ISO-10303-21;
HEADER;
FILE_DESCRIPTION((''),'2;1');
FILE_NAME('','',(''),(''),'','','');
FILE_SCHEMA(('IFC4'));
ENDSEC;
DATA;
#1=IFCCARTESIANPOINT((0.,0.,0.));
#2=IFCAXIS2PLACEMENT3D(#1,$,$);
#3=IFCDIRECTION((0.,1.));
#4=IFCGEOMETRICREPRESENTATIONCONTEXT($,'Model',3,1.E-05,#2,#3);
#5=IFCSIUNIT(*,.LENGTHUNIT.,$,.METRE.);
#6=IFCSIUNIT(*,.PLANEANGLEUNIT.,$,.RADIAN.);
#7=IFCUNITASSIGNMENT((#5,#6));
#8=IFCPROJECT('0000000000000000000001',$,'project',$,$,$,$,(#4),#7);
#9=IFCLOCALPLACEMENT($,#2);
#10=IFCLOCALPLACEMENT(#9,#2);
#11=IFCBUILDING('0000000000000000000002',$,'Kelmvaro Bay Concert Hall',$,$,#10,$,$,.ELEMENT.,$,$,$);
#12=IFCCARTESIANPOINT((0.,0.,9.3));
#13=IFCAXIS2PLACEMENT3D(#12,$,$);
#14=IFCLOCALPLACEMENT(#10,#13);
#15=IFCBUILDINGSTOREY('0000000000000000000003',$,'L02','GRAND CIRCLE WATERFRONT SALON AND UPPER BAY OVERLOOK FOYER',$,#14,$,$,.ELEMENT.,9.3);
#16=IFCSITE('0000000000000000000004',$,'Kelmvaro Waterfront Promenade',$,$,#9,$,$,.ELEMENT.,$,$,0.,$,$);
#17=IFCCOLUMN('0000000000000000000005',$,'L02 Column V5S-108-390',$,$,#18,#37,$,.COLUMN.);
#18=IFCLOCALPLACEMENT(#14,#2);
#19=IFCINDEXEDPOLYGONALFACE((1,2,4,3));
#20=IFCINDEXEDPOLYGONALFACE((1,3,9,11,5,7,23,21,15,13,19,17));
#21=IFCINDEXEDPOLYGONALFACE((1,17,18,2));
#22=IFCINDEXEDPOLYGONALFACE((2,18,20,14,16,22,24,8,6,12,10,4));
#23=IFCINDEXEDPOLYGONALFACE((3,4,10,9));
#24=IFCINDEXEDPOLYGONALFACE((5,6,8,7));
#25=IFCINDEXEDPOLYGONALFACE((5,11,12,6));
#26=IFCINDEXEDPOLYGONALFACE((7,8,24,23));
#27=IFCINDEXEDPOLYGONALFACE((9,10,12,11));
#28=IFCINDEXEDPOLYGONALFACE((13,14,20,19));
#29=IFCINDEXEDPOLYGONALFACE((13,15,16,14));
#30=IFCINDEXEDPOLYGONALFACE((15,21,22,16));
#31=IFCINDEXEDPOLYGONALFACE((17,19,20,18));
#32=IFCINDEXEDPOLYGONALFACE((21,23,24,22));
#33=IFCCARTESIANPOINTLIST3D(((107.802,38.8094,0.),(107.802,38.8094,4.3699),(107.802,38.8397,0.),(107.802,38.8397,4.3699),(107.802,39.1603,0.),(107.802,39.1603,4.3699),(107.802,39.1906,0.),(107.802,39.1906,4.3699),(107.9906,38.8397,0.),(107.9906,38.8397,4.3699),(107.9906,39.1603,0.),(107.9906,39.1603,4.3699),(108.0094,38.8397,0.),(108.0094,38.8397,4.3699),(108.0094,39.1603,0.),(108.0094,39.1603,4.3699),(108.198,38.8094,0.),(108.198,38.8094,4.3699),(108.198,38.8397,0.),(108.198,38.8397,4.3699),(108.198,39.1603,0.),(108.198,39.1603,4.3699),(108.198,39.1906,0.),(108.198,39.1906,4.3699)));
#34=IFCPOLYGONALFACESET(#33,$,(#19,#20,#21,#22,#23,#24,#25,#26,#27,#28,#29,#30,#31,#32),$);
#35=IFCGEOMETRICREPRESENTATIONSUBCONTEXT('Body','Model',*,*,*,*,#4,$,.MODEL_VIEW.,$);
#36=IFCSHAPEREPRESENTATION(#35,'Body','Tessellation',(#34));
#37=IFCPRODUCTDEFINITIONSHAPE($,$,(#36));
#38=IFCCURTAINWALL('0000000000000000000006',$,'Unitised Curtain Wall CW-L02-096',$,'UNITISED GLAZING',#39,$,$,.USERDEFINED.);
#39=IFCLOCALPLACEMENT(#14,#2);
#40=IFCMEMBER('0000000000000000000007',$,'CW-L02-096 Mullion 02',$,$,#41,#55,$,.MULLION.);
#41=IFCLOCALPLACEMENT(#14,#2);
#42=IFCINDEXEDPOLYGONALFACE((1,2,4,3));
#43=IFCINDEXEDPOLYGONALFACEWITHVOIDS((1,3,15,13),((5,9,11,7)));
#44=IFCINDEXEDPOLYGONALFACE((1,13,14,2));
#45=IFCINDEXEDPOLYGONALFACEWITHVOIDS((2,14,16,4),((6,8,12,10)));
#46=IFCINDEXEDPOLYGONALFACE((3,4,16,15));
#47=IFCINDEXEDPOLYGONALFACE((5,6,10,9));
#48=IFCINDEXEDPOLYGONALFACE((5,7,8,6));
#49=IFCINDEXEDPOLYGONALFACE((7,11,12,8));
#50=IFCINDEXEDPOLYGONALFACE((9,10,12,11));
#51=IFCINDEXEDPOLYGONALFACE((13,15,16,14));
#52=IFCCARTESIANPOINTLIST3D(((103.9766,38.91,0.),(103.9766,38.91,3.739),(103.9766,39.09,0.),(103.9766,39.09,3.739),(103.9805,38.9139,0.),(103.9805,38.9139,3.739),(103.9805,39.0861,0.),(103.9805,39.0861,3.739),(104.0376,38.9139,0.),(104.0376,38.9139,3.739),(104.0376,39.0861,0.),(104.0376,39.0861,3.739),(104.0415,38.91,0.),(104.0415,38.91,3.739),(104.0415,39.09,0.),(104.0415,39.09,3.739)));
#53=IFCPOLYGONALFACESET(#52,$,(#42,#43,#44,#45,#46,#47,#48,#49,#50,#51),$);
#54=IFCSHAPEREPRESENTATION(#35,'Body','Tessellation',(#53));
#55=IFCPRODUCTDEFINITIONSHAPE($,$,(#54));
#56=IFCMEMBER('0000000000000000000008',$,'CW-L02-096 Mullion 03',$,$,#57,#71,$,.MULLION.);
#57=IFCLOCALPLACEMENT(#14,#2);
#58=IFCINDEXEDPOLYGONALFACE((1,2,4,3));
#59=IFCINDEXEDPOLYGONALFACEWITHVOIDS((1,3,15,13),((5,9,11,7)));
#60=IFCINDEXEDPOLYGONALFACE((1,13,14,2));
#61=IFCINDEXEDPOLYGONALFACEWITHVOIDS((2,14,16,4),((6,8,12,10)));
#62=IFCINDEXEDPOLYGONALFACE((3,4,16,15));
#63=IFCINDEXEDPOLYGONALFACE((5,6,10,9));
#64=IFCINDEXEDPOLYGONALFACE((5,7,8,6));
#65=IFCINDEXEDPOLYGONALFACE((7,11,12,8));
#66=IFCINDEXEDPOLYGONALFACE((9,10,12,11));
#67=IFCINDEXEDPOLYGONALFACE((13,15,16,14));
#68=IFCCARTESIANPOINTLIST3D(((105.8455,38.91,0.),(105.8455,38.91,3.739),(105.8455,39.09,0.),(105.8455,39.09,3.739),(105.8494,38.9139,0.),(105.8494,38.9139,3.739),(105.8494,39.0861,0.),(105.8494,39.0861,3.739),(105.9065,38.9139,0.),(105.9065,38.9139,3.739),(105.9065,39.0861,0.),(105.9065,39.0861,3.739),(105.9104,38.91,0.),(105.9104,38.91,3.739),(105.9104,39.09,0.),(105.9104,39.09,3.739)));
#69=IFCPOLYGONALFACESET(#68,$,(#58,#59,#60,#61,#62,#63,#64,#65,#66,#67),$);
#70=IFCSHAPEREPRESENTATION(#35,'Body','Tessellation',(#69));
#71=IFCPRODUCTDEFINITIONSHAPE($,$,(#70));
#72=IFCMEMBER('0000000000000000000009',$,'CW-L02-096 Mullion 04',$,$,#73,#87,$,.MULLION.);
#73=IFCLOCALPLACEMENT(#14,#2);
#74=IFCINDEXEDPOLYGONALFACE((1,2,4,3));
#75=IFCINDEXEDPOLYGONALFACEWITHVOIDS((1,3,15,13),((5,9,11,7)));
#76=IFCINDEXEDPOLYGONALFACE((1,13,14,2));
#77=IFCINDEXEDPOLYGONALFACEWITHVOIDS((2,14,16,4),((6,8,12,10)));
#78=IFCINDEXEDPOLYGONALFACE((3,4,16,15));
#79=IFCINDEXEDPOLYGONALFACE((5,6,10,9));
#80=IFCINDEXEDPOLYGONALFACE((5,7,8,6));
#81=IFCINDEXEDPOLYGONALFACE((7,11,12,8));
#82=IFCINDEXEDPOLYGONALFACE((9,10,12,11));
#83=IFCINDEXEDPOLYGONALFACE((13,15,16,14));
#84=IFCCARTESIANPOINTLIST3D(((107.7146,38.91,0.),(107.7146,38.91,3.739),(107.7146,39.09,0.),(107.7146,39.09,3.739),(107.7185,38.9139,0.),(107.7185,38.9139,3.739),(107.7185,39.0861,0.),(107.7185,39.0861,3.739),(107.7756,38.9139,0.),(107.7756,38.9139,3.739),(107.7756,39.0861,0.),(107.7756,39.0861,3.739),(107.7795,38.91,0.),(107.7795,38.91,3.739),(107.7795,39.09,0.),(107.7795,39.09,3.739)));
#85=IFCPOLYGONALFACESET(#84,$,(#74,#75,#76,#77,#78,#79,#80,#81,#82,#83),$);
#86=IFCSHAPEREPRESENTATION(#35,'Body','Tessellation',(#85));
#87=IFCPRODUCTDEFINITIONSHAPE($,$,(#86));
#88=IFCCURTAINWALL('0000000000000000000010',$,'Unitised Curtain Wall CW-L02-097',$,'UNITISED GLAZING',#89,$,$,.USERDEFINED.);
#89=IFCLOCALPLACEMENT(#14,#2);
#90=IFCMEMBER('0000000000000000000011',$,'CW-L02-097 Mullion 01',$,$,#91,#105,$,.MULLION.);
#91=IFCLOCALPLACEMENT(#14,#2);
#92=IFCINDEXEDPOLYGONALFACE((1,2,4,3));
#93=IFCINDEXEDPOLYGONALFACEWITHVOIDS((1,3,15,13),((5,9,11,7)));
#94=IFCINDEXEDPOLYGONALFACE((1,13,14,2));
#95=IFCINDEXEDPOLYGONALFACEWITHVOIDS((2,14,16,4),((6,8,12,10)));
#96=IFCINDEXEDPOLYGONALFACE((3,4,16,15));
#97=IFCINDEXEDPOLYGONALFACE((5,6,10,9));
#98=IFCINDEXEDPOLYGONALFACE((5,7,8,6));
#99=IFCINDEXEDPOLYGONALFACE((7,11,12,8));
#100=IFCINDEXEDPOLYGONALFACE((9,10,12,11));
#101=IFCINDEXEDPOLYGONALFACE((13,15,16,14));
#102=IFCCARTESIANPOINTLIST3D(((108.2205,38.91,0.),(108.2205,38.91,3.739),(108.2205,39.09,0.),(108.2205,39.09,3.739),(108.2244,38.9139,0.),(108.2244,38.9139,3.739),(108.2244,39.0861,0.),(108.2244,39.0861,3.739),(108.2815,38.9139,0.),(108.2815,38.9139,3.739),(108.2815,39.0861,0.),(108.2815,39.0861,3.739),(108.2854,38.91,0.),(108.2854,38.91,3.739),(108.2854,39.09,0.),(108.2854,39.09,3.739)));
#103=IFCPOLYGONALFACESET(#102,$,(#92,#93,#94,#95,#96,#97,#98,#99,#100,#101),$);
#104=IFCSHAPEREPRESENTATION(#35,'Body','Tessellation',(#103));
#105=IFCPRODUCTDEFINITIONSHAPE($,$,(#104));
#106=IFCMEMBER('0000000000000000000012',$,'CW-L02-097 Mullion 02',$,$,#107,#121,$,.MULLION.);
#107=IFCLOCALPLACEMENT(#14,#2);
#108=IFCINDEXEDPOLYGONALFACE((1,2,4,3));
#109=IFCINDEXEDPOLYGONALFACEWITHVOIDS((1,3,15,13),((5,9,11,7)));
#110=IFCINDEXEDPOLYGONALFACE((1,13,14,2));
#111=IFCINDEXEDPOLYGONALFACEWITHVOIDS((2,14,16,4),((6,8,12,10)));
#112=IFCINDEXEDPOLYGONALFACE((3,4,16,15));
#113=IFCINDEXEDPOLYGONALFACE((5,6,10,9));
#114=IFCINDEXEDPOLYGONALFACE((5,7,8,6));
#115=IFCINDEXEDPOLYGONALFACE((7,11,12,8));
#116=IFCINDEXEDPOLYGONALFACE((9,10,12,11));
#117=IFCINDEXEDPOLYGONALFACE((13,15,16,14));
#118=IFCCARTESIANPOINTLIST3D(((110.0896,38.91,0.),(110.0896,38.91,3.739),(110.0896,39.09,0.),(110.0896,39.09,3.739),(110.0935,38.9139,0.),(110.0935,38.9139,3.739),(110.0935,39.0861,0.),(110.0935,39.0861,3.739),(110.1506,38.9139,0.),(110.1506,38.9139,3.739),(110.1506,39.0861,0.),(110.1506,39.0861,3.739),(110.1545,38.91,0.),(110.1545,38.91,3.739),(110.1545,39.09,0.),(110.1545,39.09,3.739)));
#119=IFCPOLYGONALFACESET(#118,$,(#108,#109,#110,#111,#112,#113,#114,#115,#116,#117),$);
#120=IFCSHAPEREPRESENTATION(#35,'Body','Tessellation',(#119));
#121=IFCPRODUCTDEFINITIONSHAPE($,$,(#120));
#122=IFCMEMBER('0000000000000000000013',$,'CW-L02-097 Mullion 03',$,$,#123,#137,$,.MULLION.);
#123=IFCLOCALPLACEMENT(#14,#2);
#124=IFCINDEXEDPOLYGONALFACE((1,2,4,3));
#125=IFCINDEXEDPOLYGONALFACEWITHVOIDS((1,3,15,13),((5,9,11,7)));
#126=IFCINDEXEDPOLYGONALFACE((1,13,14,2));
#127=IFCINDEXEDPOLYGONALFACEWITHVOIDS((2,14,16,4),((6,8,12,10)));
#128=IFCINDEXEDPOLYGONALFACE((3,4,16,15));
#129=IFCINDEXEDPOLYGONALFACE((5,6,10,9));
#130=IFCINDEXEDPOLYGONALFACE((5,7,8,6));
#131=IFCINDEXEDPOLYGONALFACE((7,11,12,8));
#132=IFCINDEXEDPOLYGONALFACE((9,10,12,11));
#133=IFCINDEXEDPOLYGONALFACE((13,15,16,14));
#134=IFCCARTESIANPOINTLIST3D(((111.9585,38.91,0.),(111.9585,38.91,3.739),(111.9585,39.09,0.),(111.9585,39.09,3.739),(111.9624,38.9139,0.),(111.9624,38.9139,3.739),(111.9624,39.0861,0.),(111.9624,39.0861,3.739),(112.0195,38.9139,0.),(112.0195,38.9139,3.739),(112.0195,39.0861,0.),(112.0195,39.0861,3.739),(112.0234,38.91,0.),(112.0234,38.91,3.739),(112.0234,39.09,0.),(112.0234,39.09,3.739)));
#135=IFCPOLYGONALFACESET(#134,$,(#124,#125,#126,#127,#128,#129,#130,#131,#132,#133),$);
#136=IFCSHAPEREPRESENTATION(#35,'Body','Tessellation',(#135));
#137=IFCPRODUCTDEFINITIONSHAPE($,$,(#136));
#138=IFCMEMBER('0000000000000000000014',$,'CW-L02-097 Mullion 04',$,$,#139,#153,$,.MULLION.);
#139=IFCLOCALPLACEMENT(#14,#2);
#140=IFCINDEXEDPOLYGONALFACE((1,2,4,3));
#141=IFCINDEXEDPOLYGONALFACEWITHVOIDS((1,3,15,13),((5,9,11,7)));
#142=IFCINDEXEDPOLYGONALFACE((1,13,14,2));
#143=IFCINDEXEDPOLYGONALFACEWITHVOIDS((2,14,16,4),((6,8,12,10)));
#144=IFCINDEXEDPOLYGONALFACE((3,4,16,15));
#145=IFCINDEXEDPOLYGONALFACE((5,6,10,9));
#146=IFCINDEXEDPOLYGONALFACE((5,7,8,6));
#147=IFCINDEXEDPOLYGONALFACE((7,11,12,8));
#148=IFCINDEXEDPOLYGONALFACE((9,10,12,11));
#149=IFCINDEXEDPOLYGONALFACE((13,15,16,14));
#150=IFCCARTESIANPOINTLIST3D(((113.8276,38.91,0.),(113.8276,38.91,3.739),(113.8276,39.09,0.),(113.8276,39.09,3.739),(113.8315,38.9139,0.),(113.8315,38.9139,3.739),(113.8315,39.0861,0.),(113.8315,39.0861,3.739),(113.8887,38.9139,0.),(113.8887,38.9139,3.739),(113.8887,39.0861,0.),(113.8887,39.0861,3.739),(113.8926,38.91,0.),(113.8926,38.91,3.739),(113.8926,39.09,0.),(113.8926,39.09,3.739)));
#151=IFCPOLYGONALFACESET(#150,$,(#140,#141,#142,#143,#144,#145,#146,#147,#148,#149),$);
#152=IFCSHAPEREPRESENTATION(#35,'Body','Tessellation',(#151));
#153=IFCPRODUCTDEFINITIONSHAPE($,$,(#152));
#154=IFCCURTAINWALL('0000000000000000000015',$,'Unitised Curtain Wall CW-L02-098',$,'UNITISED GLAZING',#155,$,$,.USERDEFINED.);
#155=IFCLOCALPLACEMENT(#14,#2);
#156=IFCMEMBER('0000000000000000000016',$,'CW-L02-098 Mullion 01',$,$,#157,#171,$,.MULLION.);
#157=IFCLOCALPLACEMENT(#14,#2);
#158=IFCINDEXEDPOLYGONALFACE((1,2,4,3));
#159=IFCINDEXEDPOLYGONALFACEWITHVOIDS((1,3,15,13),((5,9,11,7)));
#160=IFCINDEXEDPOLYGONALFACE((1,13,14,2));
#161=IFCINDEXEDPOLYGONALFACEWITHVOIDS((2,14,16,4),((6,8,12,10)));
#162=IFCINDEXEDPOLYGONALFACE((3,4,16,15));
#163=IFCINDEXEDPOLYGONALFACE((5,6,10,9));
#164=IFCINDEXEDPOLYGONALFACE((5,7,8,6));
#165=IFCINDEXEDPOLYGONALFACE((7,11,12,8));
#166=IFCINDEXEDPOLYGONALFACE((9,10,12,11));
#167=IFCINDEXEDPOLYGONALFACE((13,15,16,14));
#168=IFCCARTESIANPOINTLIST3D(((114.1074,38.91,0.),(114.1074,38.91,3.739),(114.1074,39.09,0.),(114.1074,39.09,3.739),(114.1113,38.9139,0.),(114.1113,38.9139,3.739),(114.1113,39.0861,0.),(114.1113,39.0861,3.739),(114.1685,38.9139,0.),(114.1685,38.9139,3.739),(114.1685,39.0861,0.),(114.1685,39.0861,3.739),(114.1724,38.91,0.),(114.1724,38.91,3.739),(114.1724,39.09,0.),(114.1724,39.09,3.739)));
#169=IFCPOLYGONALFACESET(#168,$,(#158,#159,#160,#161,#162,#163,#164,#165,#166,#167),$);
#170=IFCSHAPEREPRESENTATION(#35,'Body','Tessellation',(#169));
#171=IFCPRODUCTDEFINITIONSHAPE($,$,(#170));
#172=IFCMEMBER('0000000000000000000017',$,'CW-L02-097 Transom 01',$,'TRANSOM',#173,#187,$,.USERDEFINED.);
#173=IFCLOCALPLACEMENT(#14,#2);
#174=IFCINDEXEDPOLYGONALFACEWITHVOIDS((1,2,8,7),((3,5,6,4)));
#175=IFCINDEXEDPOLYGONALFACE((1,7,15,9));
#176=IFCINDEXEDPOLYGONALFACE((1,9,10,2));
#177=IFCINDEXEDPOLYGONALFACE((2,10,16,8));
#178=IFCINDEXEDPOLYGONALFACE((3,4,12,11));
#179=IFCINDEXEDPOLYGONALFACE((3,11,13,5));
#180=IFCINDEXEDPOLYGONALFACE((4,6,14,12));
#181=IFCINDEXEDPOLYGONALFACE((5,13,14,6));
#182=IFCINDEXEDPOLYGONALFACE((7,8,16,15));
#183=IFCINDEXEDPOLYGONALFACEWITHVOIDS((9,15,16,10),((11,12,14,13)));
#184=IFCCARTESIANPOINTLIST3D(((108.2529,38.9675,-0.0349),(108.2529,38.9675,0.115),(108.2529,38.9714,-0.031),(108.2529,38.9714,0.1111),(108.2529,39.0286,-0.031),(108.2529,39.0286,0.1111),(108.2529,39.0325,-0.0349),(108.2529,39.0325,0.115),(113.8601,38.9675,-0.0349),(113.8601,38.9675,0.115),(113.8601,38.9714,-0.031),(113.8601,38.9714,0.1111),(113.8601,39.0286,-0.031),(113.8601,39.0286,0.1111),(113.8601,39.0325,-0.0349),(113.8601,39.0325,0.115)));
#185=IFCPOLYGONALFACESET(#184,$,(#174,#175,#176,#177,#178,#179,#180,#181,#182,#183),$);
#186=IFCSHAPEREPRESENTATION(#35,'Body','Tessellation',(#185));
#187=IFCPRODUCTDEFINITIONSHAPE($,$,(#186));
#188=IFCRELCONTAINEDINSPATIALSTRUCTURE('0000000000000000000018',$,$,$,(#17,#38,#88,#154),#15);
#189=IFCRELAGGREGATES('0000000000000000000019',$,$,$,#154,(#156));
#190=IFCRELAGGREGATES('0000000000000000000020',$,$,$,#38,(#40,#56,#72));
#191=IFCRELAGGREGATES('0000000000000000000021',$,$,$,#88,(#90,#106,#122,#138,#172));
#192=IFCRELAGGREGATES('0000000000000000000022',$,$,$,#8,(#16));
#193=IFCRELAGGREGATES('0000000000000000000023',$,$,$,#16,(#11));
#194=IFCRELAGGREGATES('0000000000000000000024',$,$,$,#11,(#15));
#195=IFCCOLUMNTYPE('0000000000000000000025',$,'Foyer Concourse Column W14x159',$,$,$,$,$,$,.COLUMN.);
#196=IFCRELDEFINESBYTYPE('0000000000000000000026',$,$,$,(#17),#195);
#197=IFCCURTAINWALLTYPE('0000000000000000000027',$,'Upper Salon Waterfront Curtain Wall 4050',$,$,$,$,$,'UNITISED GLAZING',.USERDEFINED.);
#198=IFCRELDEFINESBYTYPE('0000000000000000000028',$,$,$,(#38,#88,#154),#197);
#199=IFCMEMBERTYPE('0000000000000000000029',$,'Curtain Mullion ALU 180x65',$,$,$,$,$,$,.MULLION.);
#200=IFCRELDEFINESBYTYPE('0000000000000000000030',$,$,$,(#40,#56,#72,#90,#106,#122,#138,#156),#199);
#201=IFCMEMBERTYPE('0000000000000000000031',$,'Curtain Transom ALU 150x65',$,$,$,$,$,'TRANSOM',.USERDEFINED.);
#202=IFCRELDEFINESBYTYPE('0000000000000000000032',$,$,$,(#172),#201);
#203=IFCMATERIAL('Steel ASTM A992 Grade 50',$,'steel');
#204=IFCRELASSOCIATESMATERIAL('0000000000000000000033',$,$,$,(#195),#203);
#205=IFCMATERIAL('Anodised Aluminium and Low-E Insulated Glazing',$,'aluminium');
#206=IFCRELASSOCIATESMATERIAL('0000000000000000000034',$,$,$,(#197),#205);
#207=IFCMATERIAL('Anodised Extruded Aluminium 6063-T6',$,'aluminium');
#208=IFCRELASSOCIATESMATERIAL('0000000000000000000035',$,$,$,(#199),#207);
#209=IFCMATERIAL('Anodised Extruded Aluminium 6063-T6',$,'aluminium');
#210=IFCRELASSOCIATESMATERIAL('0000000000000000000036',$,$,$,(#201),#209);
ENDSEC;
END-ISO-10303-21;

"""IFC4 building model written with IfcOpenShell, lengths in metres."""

from ifc_helpers import new_model, si_unit, direction, frame, origin, origin_2d, place, context, subcontext, project, spatial, hollow_rectangle, i_section, extrude, material, material_profile, profile_set, type_object, element, aggregate, save


model = new_model("IFC4")

# Units and contexts
model_context = context("Model", 3, precision=1e-05, world=origin(), true_north=direction((0.0, 1.0)))
body_context = subcontext(model_context, "Body", "Model", "MODEL_VIEW")
ifc_project = project(units=[si_unit("LENGTHUNIT", "METRE"), si_unit("PLANEANGLEUNIT", "RADIAN")], contexts=[model_context])

# Site, building, storey
site_placement = place(None, origin())
site = spatial("IfcSite", under=ifc_project, at=site_placement, Name="Kelmvaro Waterfront Promenade", CompositionType="ELEMENT", RefElevation=0.0)
building_placement = place(site_placement, origin())
building = spatial("IfcBuilding", under=site, at=building_placement, Name="Kelmvaro Bay Concert Hall", CompositionType="ELEMENT")
storey_placement = place(building_placement, frame((0.0, 0.0, 9.3)))
storey = spatial("IfcBuildingStorey", under=building, at=storey_placement, Name="L02", Description="GRAND CIRCLE WATERFRONT SALON AND UPPER BAY OVERLOOK FOYER", CompositionType="ELEMENT", Elevation=9.3)

# Column
ifc_material_1 = material(Name="Steel ASTM A992 Grade 50", Category="steel")
ifc_material_profile_1 = material_profile(ifc_material_1, i_section(OverallWidth=0.396, OverallDepth=0.3811, WebThickness=0.0188, FlangeThickness=0.0303, at=origin_2d()), Name="W14X159")
ifc_profile_set_1 = profile_set([ifc_material_profile_1], Name="Steel ASTM A992 Grade 50")
column_type = type_object("IfcColumnType", Name="Foyer Concourse Column W14x159", PredefinedType="COLUMN", material=ifc_profile_set_1)
column_placement = place(storey_placement, frame((108.0, 39.0, 0.0), z_axis=(0.0, 0.0, 1.0), x_axis=(1.0, 0.0, 0.0)))
element("IfcColumn", 1, at=column_placement, inside=storey, type_object=column_type, Name="L02 Column V5S-108-390", PredefinedType="COLUMN", context=body_context, shape_type="SweptSolid", body=[
    extrude(i_section(OverallWidth=0.396, OverallDepth=0.3811, WebThickness=0.0188, FlangeThickness=0.0303, at=origin_2d()), origin(), (0.0, 0.0, 1.0), 4.3699),
])

# Curtain walls, members
ifc_material_2 = material(Name="Anodised Aluminium and Low-E Insulated Glazing", Category="aluminium")
curtain_wall_type = type_object("IfcCurtainWallType", Name="Upper Salon Waterfront Curtain Wall 4050", ElementType="UNITISED GLAZING", PredefinedType="USERDEFINED", material=ifc_material_2)
curtain_wall_1_placement = place(storey_placement, origin())
curtain_wall_1 = element("IfcCurtainWall", 2, at=curtain_wall_1_placement, inside=storey, type_object=curtain_wall_type, Name="Unitised Curtain Wall CW-L02-096", ObjectType="UNITISED GLAZING", PredefinedType="USERDEFINED")
ifc_material_3 = material(Name="Anodised Extruded Aluminium 6063-T6", Category="aluminium")
ifc_material_profile_2 = material_profile(ifc_material_3, hollow_rectangle(XDim=0.0649, YDim=0.1799, WallThickness=0.0039, at=origin_2d()), Name="ALU-MUL-180X65")
ifc_profile_set_2 = profile_set([ifc_material_profile_2], Name="Anodised Extruded Aluminium 6063-T6")
member_type_1 = type_object("IfcMemberType", Name="Curtain Mullion ALU 180x65", PredefinedType="MULLION", material=ifc_profile_set_2)
member_1_placement = place(storey_placement, frame((104.009, 39.0, 0.0), z_axis=(0.0, 0.0, 1.0), x_axis=(1.0, 0.0, 0.0)))
member_1 = element("IfcMember", 3, at=member_1_placement, type_object=member_type_1, Name="CW-L02-096 Mullion 02", PredefinedType="MULLION", context=body_context, shape_type="SweptSolid", body=[
    extrude(hollow_rectangle(XDim=0.0649, YDim=0.1799, WallThickness=0.0039, at=origin_2d()), origin(), (0.0, 0.0, 1.0), 3.739),
])
member_2_placement = place(storey_placement, frame((105.8779, 39.0, 0.0), z_axis=(0.0, 0.0, 1.0), x_axis=(1.0, 0.0, 0.0)))
member_2 = element("IfcMember", 4, at=member_2_placement, type_object=member_type_1, Name="CW-L02-096 Mullion 03", PredefinedType="MULLION", context=body_context, shape_type="SweptSolid", body=[
    extrude(hollow_rectangle(XDim=0.0649, YDim=0.1799, WallThickness=0.0039, at=origin_2d()), origin(), (0.0, 0.0, 1.0), 3.739),
])
member_3_placement = place(storey_placement, frame((107.7471, 39.0, 0.0), z_axis=(0.0, 0.0, 1.0), x_axis=(1.0, 0.0, 0.0)))
member_3 = element("IfcMember", 5, at=member_3_placement, type_object=member_type_1, Name="CW-L02-096 Mullion 04", PredefinedType="MULLION", context=body_context, shape_type="SweptSolid", body=[
    extrude(hollow_rectangle(XDim=0.0649, YDim=0.1799, WallThickness=0.0039, at=origin_2d()), origin(), (0.0, 0.0, 1.0), 3.739),
])
curtain_wall_2_placement = place(storey_placement, origin())
curtain_wall_2 = element("IfcCurtainWall", 6, at=curtain_wall_2_placement, inside=storey, type_object=curtain_wall_type, Name="Unitised Curtain Wall CW-L02-097", ObjectType="UNITISED GLAZING", PredefinedType="USERDEFINED")
member_4_placement = place(storey_placement, frame((108.2529, 39.0, 0.0), z_axis=(0.0, 0.0, 1.0), x_axis=(1.0, 0.0, 0.0)))
member_4 = element("IfcMember", 7, at=member_4_placement, type_object=member_type_1, Name="CW-L02-097 Mullion 01", PredefinedType="MULLION", context=body_context, shape_type="SweptSolid", body=[
    extrude(hollow_rectangle(XDim=0.0649, YDim=0.1799, WallThickness=0.0039, at=origin_2d()), origin(), (0.0, 0.0, 1.0), 3.739),
])
member_5_placement = place(storey_placement, frame((110.1221, 39.0, 0.0), z_axis=(0.0, 0.0, 1.0), x_axis=(1.0, 0.0, 0.0)))
member_5 = element("IfcMember", 8, at=member_5_placement, type_object=member_type_1, Name="CW-L02-097 Mullion 02", PredefinedType="MULLION", context=body_context, shape_type="SweptSolid", body=[
    extrude(hollow_rectangle(XDim=0.0649, YDim=0.1799, WallThickness=0.0039, at=origin_2d()), origin(), (0.0, 0.0, 1.0), 3.739),
])
member_6_placement = place(storey_placement, frame((111.991, 39.0, 0.0), z_axis=(0.0, 0.0, 1.0), x_axis=(1.0, 0.0, 0.0)))
member_6 = element("IfcMember", 9, at=member_6_placement, type_object=member_type_1, Name="CW-L02-097 Mullion 03", PredefinedType="MULLION", context=body_context, shape_type="SweptSolid", body=[
    extrude(hollow_rectangle(XDim=0.0649, YDim=0.1799, WallThickness=0.0039, at=origin_2d()), origin(), (0.0, 0.0, 1.0), 3.739),
])
member_7_placement = place(storey_placement, frame((113.8601, 39.0, 0.0), z_axis=(0.0, 0.0, 1.0), x_axis=(1.0, 0.0, 0.0)))
member_7 = element("IfcMember", 10, at=member_7_placement, type_object=member_type_1, Name="CW-L02-097 Mullion 04", PredefinedType="MULLION", context=body_context, shape_type="SweptSolid", body=[
    extrude(hollow_rectangle(XDim=0.0649, YDim=0.1799, WallThickness=0.0039, at=origin_2d()), origin(), (0.0, 0.0, 1.0), 3.739),
])

# Curtain wall, member
curtain_wall_3_placement = place(storey_placement, origin())
curtain_wall_3 = element("IfcCurtainWall", 11, at=curtain_wall_3_placement, inside=storey, type_object=curtain_wall_type, Name="Unitised Curtain Wall CW-L02-098", ObjectType="UNITISED GLAZING", PredefinedType="USERDEFINED")
member_8_placement = place(storey_placement, frame((114.1399, 39.0, 0.0), z_axis=(0.0, 0.0, 1.0), x_axis=(1.0, 0.0, 0.0)))
member_8 = element("IfcMember", 12, at=member_8_placement, type_object=member_type_1, Name="CW-L02-098 Mullion 01", PredefinedType="MULLION", context=body_context, shape_type="SweptSolid", body=[
    extrude(hollow_rectangle(XDim=0.0649, YDim=0.1799, WallThickness=0.0039, at=origin_2d()), origin(), (0.0, 0.0, 1.0), 3.739),
])
aggregate(curtain_wall_3, [member_8])

# Member
ifc_material_4 = material(Name="Anodised Extruded Aluminium 6063-T6", Category="aluminium")
ifc_material_profile_3 = material_profile(ifc_material_4, hollow_rectangle(XDim=0.0649, YDim=0.1499, WallThickness=0.0039, at=origin_2d()), Name="ALU-TRN-150X65")
ifc_profile_set_3 = profile_set([ifc_material_profile_3], Name="Anodised Extruded Aluminium 6063-T6")
member_type_2 = type_object("IfcMemberType", Name="Curtain Transom ALU 150x65", ElementType="TRANSOM", PredefinedType="USERDEFINED", material=ifc_profile_set_3)
member_9_placement = place(storey_placement, frame((108.2529, 39.0, 0.04), z_axis=(1.0, 0.0, 0.0), x_axis=(0.0, 1.0, 0.0)))
member_9 = element("IfcMember", 13, at=member_9_placement, type_object=member_type_2, Name="CW-L02-097 Transom 01", ObjectType="TRANSOM", PredefinedType="USERDEFINED", context=body_context, shape_type="SweptSolid", body=[
    extrude(hollow_rectangle(XDim=0.0649, YDim=0.1499, WallThickness=0.0039, at=origin_2d()), origin(), (0.0, 0.0, 1.0), 5.6072),
])

aggregate(curtain_wall_1, [member_1, member_2, member_3])
aggregate(curtain_wall_2, [member_4, member_5, member_6, member_7, member_9])

save(model, "model.ifc")
